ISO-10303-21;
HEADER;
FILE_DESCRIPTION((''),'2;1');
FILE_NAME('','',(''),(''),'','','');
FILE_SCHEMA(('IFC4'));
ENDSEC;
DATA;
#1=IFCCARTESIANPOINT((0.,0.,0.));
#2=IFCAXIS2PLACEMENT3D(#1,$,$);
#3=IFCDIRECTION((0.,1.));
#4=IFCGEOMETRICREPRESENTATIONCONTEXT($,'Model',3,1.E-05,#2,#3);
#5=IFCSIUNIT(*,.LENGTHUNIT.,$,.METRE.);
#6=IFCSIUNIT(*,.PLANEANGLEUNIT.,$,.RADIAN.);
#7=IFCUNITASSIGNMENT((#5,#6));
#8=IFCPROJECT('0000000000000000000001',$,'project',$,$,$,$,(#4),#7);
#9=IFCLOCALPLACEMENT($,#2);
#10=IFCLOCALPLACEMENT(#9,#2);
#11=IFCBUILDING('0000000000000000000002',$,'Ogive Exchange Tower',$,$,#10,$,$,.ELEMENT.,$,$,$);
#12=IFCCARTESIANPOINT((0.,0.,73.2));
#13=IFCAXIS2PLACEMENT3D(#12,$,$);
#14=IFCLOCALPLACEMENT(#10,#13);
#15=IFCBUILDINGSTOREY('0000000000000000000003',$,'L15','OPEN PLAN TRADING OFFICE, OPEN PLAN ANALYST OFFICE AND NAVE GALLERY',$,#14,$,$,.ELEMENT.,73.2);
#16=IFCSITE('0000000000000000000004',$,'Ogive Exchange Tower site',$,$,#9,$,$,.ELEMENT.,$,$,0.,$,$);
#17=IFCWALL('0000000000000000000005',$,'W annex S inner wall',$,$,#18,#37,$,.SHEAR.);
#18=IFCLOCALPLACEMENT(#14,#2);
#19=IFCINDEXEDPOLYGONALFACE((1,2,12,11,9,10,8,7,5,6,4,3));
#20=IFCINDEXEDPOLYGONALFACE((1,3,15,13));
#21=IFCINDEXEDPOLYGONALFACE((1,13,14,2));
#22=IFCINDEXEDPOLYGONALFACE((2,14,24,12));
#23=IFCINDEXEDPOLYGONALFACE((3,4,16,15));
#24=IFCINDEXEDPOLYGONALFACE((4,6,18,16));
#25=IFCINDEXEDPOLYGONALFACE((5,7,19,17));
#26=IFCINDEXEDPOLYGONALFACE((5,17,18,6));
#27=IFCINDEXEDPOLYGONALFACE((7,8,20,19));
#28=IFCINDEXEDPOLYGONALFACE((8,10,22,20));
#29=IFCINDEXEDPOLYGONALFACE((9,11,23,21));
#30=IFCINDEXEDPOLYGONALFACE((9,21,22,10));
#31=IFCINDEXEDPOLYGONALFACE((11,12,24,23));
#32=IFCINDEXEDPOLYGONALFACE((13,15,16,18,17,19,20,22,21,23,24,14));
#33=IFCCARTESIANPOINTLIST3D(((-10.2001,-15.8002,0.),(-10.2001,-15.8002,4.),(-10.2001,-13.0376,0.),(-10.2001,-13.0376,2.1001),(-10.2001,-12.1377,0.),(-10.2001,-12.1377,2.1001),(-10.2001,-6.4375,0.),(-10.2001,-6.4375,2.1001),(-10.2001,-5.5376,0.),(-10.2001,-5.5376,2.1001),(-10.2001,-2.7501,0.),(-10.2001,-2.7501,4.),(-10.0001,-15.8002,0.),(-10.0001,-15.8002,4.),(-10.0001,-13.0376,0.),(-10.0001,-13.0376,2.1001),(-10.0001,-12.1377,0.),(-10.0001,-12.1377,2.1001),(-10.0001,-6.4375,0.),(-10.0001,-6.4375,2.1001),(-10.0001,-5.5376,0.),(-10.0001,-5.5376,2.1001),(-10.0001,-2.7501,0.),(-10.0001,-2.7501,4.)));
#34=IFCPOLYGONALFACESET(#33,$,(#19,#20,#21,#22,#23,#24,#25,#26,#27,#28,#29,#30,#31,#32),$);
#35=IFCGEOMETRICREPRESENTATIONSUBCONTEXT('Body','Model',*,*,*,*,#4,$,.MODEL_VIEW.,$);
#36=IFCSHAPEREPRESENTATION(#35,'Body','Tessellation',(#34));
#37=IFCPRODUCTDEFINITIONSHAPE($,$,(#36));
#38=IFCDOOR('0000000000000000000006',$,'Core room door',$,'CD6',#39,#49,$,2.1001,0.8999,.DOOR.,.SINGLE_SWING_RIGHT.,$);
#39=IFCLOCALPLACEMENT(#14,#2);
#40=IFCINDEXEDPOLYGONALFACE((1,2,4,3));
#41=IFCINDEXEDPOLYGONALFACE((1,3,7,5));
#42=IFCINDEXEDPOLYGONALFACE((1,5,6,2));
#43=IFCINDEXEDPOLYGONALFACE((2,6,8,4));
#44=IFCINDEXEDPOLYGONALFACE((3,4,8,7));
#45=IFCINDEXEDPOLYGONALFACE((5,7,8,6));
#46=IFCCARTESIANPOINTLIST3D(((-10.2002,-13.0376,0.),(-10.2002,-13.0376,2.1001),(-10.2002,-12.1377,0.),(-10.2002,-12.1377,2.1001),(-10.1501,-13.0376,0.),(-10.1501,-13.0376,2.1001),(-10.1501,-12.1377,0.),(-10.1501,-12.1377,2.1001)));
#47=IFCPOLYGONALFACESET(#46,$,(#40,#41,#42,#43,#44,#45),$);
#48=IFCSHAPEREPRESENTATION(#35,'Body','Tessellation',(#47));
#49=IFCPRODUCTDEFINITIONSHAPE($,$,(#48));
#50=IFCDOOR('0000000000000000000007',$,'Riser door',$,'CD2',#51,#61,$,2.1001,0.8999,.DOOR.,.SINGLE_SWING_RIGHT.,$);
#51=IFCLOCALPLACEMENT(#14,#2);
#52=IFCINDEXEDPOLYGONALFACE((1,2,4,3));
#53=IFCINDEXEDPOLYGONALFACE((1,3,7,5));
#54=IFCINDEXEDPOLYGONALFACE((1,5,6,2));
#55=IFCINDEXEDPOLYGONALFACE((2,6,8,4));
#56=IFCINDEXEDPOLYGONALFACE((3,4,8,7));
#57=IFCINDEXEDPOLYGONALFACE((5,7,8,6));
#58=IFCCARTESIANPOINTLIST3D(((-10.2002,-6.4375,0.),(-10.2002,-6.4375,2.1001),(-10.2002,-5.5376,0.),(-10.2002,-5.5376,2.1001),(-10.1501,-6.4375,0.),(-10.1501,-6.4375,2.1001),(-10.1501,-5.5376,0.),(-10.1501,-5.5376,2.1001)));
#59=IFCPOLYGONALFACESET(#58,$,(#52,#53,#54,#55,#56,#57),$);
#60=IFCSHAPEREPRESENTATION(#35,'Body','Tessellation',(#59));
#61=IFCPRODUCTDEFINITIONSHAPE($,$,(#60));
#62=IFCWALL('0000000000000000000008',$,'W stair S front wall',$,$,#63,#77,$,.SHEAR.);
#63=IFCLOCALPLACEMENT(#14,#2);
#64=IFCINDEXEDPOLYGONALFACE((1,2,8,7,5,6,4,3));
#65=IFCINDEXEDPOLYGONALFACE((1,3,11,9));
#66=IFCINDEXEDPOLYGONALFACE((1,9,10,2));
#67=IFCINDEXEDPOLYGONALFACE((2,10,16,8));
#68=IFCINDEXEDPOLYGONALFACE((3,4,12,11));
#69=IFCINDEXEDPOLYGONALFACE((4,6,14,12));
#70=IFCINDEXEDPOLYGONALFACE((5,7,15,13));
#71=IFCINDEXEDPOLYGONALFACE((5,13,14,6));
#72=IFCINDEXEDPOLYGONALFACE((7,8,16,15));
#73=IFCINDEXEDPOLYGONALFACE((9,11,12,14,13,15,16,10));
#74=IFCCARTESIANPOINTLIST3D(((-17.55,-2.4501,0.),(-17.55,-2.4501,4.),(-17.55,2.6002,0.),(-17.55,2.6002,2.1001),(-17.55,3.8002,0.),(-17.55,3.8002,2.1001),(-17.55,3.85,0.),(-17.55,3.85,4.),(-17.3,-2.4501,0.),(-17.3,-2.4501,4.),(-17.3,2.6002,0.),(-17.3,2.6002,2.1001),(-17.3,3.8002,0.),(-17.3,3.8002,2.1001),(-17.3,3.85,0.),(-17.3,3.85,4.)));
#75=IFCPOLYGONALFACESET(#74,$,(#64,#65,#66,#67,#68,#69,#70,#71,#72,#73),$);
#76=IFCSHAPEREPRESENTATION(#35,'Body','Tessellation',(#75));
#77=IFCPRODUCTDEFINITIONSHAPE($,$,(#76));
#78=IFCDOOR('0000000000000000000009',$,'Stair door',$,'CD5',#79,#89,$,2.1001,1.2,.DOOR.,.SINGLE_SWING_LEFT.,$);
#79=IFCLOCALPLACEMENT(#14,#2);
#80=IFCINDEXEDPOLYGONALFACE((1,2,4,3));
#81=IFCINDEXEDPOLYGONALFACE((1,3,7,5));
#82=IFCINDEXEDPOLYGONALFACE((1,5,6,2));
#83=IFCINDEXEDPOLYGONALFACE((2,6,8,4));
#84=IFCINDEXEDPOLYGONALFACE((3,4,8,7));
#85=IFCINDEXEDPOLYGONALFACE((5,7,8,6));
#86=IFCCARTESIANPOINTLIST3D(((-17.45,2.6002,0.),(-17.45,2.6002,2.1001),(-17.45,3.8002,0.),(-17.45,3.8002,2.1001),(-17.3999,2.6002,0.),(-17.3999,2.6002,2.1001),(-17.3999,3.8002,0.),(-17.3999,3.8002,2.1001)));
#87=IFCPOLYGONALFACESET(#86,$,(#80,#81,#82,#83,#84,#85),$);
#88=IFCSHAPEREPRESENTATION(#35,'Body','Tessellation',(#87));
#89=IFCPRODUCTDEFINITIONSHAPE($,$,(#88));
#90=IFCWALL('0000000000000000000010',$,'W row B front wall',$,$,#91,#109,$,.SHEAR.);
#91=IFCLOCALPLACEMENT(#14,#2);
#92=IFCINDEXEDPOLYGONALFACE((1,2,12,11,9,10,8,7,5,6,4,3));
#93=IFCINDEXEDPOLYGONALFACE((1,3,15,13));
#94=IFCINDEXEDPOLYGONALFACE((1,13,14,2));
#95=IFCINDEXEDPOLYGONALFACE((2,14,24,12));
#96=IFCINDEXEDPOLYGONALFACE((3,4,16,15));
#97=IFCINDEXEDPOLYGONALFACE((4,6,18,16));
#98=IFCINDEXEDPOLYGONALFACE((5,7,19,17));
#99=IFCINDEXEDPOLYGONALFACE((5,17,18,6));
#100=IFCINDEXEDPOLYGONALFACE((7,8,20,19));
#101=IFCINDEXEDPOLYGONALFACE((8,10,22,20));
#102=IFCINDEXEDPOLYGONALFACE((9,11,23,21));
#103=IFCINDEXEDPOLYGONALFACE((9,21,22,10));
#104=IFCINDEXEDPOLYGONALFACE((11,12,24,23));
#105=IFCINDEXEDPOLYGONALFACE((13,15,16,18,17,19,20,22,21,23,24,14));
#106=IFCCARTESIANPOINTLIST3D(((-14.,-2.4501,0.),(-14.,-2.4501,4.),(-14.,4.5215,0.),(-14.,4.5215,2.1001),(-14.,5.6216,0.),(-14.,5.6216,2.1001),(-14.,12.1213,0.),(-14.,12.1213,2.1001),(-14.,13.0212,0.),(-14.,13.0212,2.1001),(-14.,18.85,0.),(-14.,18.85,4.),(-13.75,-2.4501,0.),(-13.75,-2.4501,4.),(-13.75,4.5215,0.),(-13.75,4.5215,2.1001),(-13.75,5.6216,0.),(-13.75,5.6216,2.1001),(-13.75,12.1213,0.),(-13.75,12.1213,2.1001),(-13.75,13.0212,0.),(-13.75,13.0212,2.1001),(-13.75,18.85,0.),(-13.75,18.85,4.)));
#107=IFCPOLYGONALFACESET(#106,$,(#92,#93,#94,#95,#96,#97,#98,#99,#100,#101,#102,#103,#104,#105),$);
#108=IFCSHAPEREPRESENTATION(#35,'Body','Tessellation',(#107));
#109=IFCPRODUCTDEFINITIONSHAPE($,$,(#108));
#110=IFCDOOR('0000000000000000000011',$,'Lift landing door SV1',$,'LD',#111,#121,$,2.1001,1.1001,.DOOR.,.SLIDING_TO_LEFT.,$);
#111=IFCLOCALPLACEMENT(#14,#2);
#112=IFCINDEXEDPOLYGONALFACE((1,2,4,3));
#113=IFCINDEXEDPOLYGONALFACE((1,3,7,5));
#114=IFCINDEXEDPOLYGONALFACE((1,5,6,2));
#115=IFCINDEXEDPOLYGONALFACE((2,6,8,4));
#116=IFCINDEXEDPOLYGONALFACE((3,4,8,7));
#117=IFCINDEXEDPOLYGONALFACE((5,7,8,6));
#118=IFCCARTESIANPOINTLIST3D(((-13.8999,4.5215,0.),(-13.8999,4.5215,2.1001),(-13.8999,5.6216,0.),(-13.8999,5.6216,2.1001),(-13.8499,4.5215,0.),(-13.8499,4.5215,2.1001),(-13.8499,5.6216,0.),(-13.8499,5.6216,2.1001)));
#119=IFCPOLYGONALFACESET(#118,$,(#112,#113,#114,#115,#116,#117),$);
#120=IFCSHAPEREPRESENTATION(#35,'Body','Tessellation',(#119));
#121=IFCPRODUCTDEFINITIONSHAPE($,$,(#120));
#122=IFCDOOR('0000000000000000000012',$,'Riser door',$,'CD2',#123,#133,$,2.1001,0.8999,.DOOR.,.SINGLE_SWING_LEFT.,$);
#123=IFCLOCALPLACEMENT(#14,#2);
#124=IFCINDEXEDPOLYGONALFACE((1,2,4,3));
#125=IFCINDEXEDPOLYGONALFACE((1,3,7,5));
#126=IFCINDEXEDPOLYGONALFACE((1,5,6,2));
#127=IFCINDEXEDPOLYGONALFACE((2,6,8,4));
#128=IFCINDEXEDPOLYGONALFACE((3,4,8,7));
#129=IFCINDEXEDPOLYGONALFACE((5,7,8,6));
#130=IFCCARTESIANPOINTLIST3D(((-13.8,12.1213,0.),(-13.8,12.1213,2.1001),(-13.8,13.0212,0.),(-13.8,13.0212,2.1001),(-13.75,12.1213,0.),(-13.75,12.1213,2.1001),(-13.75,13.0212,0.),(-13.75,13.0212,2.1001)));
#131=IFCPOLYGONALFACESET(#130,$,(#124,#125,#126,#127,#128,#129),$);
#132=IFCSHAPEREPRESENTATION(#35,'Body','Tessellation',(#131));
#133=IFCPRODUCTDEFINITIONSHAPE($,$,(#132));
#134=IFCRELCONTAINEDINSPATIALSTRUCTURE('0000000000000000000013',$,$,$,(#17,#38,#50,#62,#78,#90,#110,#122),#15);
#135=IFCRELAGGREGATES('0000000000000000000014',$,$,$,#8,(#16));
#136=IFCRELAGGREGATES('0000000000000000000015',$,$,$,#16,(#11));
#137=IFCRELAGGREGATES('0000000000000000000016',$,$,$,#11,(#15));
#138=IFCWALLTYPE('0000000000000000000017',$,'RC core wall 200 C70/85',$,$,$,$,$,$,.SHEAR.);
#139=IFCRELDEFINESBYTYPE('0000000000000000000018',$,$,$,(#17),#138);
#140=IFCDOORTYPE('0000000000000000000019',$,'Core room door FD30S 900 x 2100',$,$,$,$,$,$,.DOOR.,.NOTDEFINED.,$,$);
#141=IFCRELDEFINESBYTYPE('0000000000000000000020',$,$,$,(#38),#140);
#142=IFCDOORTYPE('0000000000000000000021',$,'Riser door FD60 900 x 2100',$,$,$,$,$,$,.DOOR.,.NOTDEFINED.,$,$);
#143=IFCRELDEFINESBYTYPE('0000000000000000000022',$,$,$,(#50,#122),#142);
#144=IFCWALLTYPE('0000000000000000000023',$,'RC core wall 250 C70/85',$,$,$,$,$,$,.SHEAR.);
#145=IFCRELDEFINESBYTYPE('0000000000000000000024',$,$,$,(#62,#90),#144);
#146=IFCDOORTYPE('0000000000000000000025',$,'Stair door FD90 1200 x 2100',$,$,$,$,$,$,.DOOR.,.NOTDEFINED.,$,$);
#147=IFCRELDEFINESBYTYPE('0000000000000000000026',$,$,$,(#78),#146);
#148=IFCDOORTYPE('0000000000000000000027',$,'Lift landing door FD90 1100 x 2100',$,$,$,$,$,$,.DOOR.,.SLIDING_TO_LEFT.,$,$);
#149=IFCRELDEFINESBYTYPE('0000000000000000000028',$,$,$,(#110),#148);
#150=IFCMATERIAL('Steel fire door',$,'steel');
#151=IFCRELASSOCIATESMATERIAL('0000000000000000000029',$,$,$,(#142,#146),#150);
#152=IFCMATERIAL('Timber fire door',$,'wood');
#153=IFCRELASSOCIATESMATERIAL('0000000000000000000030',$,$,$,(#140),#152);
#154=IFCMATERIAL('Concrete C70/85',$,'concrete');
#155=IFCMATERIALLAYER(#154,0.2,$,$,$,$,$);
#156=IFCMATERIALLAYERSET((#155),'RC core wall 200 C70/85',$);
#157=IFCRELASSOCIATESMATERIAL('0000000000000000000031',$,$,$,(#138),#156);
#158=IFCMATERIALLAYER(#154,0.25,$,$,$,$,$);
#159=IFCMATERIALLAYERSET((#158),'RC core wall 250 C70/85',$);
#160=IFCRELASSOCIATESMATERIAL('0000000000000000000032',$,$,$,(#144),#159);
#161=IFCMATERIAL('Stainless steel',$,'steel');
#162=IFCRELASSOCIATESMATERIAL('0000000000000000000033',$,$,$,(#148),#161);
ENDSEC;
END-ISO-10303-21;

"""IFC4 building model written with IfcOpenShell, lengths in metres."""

from ifc_helpers import new_model, si_unit, direction, frame, frame_2d, origin, place, context, subcontext, project, spatial, rectangle, extrude, material, layer, layer_set, type_object, element, fill, save


model = new_model("IFC4")

# Units and contexts
model_context = context("Model", 3, precision=1e-05, world=origin(), true_north=direction((0.0, 1.0)))
body_context = subcontext(model_context, "Body", "Model", "MODEL_VIEW")
ifc_project = project(units=[si_unit("LENGTHUNIT", "METRE"), si_unit("PLANEANGLEUNIT", "RADIAN")], contexts=[model_context])

# Site, building, storey
site_placement = place(None, origin())
site = spatial("IfcSite", under=ifc_project, at=site_placement, Name="Ogive Exchange Tower site", CompositionType="ELEMENT", RefElevation=0.0)
building_placement = place(site_placement, origin())
building = spatial("IfcBuilding", under=site, at=building_placement, Name="Ogive Exchange Tower", CompositionType="ELEMENT")
storey_placement = place(building_placement, frame((0.0, 0.0, 73.2)))
storey = spatial("IfcBuildingStorey", under=building, at=storey_placement, Name="L15", Description="OPEN PLAN TRADING OFFICE, OPEN PLAN ANALYST OFFICE AND NAVE GALLERY", CompositionType="ELEMENT", Elevation=73.2)

# Shared definitions
ifc_material_1 = material(Name="Steel fire door", Category="steel")
door_type_1 = type_object("IfcDoorType", Name="Riser door FD60 900 x 2100", OperationType="NOTDEFINED", PredefinedType="DOOR", material=ifc_material_1)

# Wall, openings, doors
ifc_material_2 = material(Name="Concrete C70/85", Category="concrete")
ifc_material_3 = material(Name="Timber fire door", Category="wood")
door_type_2 = type_object("IfcDoorType", Name="Core room door FD30S 900 x 2100", OperationType="NOTDEFINED", PredefinedType="DOOR", material=ifc_material_3)
ifc_layer_1 = layer(ifc_material_2, 0.2)
ifc_layer_set_1 = layer_set([ifc_layer_1], Name="RC core wall 200 C70/85")
wall_type_1 = type_object("IfcWallType", Name="RC core wall 200 C70/85", PredefinedType="SHEAR", material=ifc_layer_set_1)
wall_1_placement = place(storey_placement, frame((-10.1001, -15.8, 0.0), z_axis=(0.0, 0.0, 1.0), x_axis=(0.0, 1.0, 0.0)))
wall_1 = element("IfcWall", 1, at=wall_1_placement, inside=storey, type_object=wall_type_1, Name="W annex S inner wall", PredefinedType="SHEAR", context=body_context, shape_type="SweptSolid", body=[
    extrude(rectangle(XDim=13.05, YDim=0.2, at=frame_2d((6.5249, 0.0))), origin(), (0.0, 0.0, 1.0), 4.0),
])
opening_1_placement = place(wall_1_placement, frame((2.7625, 0.0, 0.0)))
opening_1 = element("IfcOpeningElement", 2, at=opening_1_placement, cuts=wall_1, PredefinedType="OPENING", context=body_context, shape_type="SweptSolid", body=[
    extrude(rectangle(XDim=0.8999, YDim=2.1001, at=frame_2d((0.45, 1.05))), frame((0.0, 0.1099, 0.0), z_axis=(0.0, -1.0, 0.0), x_axis=(1.0, 0.0, 0.0)), (0.0, 0.0, 1.0), 0.22),
])
opening_2_placement = place(wall_1_placement, frame((9.3625, 0.0, 0.0)))
opening_2 = element("IfcOpeningElement", 3, at=opening_2_placement, cuts=wall_1, PredefinedType="OPENING", context=body_context, shape_type="SweptSolid", body=[
    extrude(rectangle(XDim=0.8999, YDim=2.1001, at=frame_2d((0.45, 1.05))), frame((0.0, 0.1099, 0.0), z_axis=(0.0, -1.0, 0.0), x_axis=(1.0, 0.0, 0.0)), (0.0, 0.0, 1.0), 0.22),
])
door_1_placement = place(opening_1_placement, origin())
door_1 = element("IfcDoor", 4, at=door_1_placement, inside=storey, type_object=door_type_2, Name="Core room door", ObjectType="CD6", OperationType="SINGLE_SWING_RIGHT", OverallHeight=2.1001, OverallWidth=0.8999, PredefinedType="DOOR", context=body_context, shape_type="SweptSolid", body=[
    extrude(rectangle(XDim=0.8999, YDim=2.1001, at=frame_2d((0.45, 1.05))), frame((0.0, 0.1001, 0.0), z_axis=(0.0, -1.0, 0.0), x_axis=(1.0, 0.0, 0.0)), (0.0, 0.0, 1.0), 0.05),
])
fill(opening_1, door_1)
door_2_placement = place(opening_2_placement, origin())
door_2 = element("IfcDoor", 5, at=door_2_placement, inside=storey, type_object=door_type_1, Name="Riser door", ObjectType="CD2", OperationType="SINGLE_SWING_RIGHT", OverallHeight=2.1001, OverallWidth=0.8999, PredefinedType="DOOR", context=body_context, shape_type="SweptSolid", body=[
    extrude(rectangle(XDim=0.8999, YDim=2.1001, at=frame_2d((0.45, 1.05))), frame((0.0, 0.1001, 0.0), z_axis=(0.0, -1.0, 0.0), x_axis=(1.0, 0.0, 0.0)), (0.0, 0.0, 1.0), 0.05),
])
fill(opening_2, door_2)

# Wall, opening, door
ifc_layer_2 = layer(ifc_material_2, 0.25)
ifc_layer_set_2 = layer_set([ifc_layer_2], Name="RC core wall 250 C70/85")
wall_type_2 = type_object("IfcWallType", Name="RC core wall 250 C70/85", PredefinedType="SHEAR", material=ifc_layer_set_2)
wall_2_placement = place(storey_placement, frame((-17.425, -2.45, 0.0), z_axis=(0.0, 0.0, 1.0), x_axis=(0.0, 1.0, 0.0)))
wall_2 = element("IfcWall", 6, at=wall_2_placement, inside=storey, type_object=wall_type_2, Name="W stair S front wall", PredefinedType="SHEAR", context=body_context, shape_type="SweptSolid", body=[
    extrude(rectangle(XDim=6.3, YDim=0.25, at=frame_2d((3.1499, 0.0))), origin(), (0.0, 0.0, 1.0), 4.0),
])
opening_3_placement = place(wall_2_placement, frame((5.05, 0.0, 0.0)))
opening_3 = element("IfcOpeningElement", 7, at=opening_3_placement, cuts=wall_2, PredefinedType="OPENING", context=body_context, shape_type="SweptSolid", body=[
    extrude(rectangle(XDim=1.2, YDim=2.1001, at=frame_2d((0.6001, 1.05))), frame((0.0, 0.135, 0.0), z_axis=(0.0, -1.0, 0.0), x_axis=(1.0, 0.0, 0.0)), (0.0, 0.0, 1.0), 0.27),
])
door_type_3 = type_object("IfcDoorType", Name="Stair door FD90 1200 x 2100", OperationType="NOTDEFINED", PredefinedType="DOOR", material=ifc_material_1)
door_3_placement = place(opening_3_placement, origin())
door_3 = element("IfcDoor", 8, at=door_3_placement, inside=storey, type_object=door_type_3, Name="Stair door", ObjectType="CD5", OperationType="SINGLE_SWING_LEFT", OverallHeight=2.1001, OverallWidth=1.2, PredefinedType="DOOR", context=body_context, shape_type="SweptSolid", body=[
    extrude(rectangle(XDim=1.2, YDim=2.1001, at=frame_2d((0.6001, 1.05))), frame((0.0, 0.0249, 0.0), z_axis=(0.0, -1.0, 0.0), x_axis=(1.0, 0.0, 0.0)), (0.0, 0.0, 1.0), 0.05),
])
fill(opening_3, door_3)

# Wall, openings, doors
wall_3_placement = place(storey_placement, frame((-13.875, -2.45, 0.0), z_axis=(0.0, 0.0, 1.0), x_axis=(0.0, 1.0, 0.0)))
wall_3 = element("IfcWall", 9, at=wall_3_placement, inside=storey, type_object=wall_type_2, Name="W row B front wall", PredefinedType="SHEAR", context=body_context, shape_type="SweptSolid", body=[
    extrude(rectangle(XDim=21.3, YDim=0.25, at=frame_2d((10.6499, 0.0))), origin(), (0.0, 0.0, 1.0), 4.0),
])
opening_4_placement = place(wall_3_placement, frame((14.5713, 0.0, 0.0)))
opening_4 = element("IfcOpeningElement", 10, at=opening_4_placement, cuts=wall_3, PredefinedType="OPENING", context=body_context, shape_type="SweptSolid", body=[
    extrude(rectangle(XDim=0.8999, YDim=2.1001, at=frame_2d((0.45, 1.05))), frame((0.0, 0.135, 0.0), z_axis=(0.0, -1.0, 0.0), x_axis=(1.0, 0.0, 0.0)), (0.0, 0.0, 1.0), 0.27),
])
opening_5_placement = place(wall_3_placement, frame((6.9714, 0.0, 0.0)))
opening_5 = element("IfcOpeningElement", 11, at=opening_5_placement, cuts=wall_3, PredefinedType="OPENING", context=body_context, shape_type="SweptSolid", body=[
    extrude(rectangle(XDim=1.1001, YDim=2.1001, at=frame_2d((0.55, 1.05))), frame((0.0, 0.135, 0.0), z_axis=(0.0, -1.0, 0.0), x_axis=(1.0, 0.0, 0.0)), (0.0, 0.0, 1.0), 0.27),
])
ifc_material_4 = material(Name="Stainless steel", Category="steel")
door_type_4 = type_object("IfcDoorType", Name="Lift landing door FD90 1100 x 2100", OperationType="SLIDING_TO_LEFT", PredefinedType="DOOR", material=ifc_material_4)
door_4_placement = place(opening_5_placement, origin())
door_4 = element("IfcDoor", 12, at=door_4_placement, inside=storey, type_object=door_type_4, Name="Lift landing door SV1", ObjectType="LD", OperationType="SLIDING_TO_LEFT", OverallHeight=2.1001, OverallWidth=1.1001, PredefinedType="DOOR", context=body_context, shape_type="SweptSolid", body=[
    extrude(rectangle(XDim=1.1001, YDim=2.1001, at=frame_2d((0.55, 1.05))), frame((0.0, 0.0249, 0.0), z_axis=(0.0, -1.0, 0.0), x_axis=(1.0, 0.0, 0.0)), (0.0, 0.0, 1.0), 0.05),
])
fill(opening_5, door_4)
door_5_placement = place(opening_4_placement, frame((0.8999, -0.2002, 0.0), z_axis=(0.0, 0.0, 1.0), x_axis=(-1.0, 0.0, 0.0)))
door_5 = element("IfcDoor", 13, at=door_5_placement, inside=storey, type_object=door_type_1, Name="Riser door", ObjectType="CD2", OperationType="SINGLE_SWING_LEFT", OverallHeight=2.1001, OverallWidth=0.8999, PredefinedType="DOOR", context=body_context, shape_type="SweptSolid", body=[
    extrude(rectangle(XDim=0.8999, YDim=2.1001, at=frame_2d((0.45, 1.05))), frame((0.0, -0.0752, 0.0), z_axis=(0.0, -1.0, 0.0), x_axis=(1.0, 0.0, 0.0)), (0.0, 0.0, 1.0), 0.05),
])
fill(opening_4, door_5)

save(model, "model.ifc")
